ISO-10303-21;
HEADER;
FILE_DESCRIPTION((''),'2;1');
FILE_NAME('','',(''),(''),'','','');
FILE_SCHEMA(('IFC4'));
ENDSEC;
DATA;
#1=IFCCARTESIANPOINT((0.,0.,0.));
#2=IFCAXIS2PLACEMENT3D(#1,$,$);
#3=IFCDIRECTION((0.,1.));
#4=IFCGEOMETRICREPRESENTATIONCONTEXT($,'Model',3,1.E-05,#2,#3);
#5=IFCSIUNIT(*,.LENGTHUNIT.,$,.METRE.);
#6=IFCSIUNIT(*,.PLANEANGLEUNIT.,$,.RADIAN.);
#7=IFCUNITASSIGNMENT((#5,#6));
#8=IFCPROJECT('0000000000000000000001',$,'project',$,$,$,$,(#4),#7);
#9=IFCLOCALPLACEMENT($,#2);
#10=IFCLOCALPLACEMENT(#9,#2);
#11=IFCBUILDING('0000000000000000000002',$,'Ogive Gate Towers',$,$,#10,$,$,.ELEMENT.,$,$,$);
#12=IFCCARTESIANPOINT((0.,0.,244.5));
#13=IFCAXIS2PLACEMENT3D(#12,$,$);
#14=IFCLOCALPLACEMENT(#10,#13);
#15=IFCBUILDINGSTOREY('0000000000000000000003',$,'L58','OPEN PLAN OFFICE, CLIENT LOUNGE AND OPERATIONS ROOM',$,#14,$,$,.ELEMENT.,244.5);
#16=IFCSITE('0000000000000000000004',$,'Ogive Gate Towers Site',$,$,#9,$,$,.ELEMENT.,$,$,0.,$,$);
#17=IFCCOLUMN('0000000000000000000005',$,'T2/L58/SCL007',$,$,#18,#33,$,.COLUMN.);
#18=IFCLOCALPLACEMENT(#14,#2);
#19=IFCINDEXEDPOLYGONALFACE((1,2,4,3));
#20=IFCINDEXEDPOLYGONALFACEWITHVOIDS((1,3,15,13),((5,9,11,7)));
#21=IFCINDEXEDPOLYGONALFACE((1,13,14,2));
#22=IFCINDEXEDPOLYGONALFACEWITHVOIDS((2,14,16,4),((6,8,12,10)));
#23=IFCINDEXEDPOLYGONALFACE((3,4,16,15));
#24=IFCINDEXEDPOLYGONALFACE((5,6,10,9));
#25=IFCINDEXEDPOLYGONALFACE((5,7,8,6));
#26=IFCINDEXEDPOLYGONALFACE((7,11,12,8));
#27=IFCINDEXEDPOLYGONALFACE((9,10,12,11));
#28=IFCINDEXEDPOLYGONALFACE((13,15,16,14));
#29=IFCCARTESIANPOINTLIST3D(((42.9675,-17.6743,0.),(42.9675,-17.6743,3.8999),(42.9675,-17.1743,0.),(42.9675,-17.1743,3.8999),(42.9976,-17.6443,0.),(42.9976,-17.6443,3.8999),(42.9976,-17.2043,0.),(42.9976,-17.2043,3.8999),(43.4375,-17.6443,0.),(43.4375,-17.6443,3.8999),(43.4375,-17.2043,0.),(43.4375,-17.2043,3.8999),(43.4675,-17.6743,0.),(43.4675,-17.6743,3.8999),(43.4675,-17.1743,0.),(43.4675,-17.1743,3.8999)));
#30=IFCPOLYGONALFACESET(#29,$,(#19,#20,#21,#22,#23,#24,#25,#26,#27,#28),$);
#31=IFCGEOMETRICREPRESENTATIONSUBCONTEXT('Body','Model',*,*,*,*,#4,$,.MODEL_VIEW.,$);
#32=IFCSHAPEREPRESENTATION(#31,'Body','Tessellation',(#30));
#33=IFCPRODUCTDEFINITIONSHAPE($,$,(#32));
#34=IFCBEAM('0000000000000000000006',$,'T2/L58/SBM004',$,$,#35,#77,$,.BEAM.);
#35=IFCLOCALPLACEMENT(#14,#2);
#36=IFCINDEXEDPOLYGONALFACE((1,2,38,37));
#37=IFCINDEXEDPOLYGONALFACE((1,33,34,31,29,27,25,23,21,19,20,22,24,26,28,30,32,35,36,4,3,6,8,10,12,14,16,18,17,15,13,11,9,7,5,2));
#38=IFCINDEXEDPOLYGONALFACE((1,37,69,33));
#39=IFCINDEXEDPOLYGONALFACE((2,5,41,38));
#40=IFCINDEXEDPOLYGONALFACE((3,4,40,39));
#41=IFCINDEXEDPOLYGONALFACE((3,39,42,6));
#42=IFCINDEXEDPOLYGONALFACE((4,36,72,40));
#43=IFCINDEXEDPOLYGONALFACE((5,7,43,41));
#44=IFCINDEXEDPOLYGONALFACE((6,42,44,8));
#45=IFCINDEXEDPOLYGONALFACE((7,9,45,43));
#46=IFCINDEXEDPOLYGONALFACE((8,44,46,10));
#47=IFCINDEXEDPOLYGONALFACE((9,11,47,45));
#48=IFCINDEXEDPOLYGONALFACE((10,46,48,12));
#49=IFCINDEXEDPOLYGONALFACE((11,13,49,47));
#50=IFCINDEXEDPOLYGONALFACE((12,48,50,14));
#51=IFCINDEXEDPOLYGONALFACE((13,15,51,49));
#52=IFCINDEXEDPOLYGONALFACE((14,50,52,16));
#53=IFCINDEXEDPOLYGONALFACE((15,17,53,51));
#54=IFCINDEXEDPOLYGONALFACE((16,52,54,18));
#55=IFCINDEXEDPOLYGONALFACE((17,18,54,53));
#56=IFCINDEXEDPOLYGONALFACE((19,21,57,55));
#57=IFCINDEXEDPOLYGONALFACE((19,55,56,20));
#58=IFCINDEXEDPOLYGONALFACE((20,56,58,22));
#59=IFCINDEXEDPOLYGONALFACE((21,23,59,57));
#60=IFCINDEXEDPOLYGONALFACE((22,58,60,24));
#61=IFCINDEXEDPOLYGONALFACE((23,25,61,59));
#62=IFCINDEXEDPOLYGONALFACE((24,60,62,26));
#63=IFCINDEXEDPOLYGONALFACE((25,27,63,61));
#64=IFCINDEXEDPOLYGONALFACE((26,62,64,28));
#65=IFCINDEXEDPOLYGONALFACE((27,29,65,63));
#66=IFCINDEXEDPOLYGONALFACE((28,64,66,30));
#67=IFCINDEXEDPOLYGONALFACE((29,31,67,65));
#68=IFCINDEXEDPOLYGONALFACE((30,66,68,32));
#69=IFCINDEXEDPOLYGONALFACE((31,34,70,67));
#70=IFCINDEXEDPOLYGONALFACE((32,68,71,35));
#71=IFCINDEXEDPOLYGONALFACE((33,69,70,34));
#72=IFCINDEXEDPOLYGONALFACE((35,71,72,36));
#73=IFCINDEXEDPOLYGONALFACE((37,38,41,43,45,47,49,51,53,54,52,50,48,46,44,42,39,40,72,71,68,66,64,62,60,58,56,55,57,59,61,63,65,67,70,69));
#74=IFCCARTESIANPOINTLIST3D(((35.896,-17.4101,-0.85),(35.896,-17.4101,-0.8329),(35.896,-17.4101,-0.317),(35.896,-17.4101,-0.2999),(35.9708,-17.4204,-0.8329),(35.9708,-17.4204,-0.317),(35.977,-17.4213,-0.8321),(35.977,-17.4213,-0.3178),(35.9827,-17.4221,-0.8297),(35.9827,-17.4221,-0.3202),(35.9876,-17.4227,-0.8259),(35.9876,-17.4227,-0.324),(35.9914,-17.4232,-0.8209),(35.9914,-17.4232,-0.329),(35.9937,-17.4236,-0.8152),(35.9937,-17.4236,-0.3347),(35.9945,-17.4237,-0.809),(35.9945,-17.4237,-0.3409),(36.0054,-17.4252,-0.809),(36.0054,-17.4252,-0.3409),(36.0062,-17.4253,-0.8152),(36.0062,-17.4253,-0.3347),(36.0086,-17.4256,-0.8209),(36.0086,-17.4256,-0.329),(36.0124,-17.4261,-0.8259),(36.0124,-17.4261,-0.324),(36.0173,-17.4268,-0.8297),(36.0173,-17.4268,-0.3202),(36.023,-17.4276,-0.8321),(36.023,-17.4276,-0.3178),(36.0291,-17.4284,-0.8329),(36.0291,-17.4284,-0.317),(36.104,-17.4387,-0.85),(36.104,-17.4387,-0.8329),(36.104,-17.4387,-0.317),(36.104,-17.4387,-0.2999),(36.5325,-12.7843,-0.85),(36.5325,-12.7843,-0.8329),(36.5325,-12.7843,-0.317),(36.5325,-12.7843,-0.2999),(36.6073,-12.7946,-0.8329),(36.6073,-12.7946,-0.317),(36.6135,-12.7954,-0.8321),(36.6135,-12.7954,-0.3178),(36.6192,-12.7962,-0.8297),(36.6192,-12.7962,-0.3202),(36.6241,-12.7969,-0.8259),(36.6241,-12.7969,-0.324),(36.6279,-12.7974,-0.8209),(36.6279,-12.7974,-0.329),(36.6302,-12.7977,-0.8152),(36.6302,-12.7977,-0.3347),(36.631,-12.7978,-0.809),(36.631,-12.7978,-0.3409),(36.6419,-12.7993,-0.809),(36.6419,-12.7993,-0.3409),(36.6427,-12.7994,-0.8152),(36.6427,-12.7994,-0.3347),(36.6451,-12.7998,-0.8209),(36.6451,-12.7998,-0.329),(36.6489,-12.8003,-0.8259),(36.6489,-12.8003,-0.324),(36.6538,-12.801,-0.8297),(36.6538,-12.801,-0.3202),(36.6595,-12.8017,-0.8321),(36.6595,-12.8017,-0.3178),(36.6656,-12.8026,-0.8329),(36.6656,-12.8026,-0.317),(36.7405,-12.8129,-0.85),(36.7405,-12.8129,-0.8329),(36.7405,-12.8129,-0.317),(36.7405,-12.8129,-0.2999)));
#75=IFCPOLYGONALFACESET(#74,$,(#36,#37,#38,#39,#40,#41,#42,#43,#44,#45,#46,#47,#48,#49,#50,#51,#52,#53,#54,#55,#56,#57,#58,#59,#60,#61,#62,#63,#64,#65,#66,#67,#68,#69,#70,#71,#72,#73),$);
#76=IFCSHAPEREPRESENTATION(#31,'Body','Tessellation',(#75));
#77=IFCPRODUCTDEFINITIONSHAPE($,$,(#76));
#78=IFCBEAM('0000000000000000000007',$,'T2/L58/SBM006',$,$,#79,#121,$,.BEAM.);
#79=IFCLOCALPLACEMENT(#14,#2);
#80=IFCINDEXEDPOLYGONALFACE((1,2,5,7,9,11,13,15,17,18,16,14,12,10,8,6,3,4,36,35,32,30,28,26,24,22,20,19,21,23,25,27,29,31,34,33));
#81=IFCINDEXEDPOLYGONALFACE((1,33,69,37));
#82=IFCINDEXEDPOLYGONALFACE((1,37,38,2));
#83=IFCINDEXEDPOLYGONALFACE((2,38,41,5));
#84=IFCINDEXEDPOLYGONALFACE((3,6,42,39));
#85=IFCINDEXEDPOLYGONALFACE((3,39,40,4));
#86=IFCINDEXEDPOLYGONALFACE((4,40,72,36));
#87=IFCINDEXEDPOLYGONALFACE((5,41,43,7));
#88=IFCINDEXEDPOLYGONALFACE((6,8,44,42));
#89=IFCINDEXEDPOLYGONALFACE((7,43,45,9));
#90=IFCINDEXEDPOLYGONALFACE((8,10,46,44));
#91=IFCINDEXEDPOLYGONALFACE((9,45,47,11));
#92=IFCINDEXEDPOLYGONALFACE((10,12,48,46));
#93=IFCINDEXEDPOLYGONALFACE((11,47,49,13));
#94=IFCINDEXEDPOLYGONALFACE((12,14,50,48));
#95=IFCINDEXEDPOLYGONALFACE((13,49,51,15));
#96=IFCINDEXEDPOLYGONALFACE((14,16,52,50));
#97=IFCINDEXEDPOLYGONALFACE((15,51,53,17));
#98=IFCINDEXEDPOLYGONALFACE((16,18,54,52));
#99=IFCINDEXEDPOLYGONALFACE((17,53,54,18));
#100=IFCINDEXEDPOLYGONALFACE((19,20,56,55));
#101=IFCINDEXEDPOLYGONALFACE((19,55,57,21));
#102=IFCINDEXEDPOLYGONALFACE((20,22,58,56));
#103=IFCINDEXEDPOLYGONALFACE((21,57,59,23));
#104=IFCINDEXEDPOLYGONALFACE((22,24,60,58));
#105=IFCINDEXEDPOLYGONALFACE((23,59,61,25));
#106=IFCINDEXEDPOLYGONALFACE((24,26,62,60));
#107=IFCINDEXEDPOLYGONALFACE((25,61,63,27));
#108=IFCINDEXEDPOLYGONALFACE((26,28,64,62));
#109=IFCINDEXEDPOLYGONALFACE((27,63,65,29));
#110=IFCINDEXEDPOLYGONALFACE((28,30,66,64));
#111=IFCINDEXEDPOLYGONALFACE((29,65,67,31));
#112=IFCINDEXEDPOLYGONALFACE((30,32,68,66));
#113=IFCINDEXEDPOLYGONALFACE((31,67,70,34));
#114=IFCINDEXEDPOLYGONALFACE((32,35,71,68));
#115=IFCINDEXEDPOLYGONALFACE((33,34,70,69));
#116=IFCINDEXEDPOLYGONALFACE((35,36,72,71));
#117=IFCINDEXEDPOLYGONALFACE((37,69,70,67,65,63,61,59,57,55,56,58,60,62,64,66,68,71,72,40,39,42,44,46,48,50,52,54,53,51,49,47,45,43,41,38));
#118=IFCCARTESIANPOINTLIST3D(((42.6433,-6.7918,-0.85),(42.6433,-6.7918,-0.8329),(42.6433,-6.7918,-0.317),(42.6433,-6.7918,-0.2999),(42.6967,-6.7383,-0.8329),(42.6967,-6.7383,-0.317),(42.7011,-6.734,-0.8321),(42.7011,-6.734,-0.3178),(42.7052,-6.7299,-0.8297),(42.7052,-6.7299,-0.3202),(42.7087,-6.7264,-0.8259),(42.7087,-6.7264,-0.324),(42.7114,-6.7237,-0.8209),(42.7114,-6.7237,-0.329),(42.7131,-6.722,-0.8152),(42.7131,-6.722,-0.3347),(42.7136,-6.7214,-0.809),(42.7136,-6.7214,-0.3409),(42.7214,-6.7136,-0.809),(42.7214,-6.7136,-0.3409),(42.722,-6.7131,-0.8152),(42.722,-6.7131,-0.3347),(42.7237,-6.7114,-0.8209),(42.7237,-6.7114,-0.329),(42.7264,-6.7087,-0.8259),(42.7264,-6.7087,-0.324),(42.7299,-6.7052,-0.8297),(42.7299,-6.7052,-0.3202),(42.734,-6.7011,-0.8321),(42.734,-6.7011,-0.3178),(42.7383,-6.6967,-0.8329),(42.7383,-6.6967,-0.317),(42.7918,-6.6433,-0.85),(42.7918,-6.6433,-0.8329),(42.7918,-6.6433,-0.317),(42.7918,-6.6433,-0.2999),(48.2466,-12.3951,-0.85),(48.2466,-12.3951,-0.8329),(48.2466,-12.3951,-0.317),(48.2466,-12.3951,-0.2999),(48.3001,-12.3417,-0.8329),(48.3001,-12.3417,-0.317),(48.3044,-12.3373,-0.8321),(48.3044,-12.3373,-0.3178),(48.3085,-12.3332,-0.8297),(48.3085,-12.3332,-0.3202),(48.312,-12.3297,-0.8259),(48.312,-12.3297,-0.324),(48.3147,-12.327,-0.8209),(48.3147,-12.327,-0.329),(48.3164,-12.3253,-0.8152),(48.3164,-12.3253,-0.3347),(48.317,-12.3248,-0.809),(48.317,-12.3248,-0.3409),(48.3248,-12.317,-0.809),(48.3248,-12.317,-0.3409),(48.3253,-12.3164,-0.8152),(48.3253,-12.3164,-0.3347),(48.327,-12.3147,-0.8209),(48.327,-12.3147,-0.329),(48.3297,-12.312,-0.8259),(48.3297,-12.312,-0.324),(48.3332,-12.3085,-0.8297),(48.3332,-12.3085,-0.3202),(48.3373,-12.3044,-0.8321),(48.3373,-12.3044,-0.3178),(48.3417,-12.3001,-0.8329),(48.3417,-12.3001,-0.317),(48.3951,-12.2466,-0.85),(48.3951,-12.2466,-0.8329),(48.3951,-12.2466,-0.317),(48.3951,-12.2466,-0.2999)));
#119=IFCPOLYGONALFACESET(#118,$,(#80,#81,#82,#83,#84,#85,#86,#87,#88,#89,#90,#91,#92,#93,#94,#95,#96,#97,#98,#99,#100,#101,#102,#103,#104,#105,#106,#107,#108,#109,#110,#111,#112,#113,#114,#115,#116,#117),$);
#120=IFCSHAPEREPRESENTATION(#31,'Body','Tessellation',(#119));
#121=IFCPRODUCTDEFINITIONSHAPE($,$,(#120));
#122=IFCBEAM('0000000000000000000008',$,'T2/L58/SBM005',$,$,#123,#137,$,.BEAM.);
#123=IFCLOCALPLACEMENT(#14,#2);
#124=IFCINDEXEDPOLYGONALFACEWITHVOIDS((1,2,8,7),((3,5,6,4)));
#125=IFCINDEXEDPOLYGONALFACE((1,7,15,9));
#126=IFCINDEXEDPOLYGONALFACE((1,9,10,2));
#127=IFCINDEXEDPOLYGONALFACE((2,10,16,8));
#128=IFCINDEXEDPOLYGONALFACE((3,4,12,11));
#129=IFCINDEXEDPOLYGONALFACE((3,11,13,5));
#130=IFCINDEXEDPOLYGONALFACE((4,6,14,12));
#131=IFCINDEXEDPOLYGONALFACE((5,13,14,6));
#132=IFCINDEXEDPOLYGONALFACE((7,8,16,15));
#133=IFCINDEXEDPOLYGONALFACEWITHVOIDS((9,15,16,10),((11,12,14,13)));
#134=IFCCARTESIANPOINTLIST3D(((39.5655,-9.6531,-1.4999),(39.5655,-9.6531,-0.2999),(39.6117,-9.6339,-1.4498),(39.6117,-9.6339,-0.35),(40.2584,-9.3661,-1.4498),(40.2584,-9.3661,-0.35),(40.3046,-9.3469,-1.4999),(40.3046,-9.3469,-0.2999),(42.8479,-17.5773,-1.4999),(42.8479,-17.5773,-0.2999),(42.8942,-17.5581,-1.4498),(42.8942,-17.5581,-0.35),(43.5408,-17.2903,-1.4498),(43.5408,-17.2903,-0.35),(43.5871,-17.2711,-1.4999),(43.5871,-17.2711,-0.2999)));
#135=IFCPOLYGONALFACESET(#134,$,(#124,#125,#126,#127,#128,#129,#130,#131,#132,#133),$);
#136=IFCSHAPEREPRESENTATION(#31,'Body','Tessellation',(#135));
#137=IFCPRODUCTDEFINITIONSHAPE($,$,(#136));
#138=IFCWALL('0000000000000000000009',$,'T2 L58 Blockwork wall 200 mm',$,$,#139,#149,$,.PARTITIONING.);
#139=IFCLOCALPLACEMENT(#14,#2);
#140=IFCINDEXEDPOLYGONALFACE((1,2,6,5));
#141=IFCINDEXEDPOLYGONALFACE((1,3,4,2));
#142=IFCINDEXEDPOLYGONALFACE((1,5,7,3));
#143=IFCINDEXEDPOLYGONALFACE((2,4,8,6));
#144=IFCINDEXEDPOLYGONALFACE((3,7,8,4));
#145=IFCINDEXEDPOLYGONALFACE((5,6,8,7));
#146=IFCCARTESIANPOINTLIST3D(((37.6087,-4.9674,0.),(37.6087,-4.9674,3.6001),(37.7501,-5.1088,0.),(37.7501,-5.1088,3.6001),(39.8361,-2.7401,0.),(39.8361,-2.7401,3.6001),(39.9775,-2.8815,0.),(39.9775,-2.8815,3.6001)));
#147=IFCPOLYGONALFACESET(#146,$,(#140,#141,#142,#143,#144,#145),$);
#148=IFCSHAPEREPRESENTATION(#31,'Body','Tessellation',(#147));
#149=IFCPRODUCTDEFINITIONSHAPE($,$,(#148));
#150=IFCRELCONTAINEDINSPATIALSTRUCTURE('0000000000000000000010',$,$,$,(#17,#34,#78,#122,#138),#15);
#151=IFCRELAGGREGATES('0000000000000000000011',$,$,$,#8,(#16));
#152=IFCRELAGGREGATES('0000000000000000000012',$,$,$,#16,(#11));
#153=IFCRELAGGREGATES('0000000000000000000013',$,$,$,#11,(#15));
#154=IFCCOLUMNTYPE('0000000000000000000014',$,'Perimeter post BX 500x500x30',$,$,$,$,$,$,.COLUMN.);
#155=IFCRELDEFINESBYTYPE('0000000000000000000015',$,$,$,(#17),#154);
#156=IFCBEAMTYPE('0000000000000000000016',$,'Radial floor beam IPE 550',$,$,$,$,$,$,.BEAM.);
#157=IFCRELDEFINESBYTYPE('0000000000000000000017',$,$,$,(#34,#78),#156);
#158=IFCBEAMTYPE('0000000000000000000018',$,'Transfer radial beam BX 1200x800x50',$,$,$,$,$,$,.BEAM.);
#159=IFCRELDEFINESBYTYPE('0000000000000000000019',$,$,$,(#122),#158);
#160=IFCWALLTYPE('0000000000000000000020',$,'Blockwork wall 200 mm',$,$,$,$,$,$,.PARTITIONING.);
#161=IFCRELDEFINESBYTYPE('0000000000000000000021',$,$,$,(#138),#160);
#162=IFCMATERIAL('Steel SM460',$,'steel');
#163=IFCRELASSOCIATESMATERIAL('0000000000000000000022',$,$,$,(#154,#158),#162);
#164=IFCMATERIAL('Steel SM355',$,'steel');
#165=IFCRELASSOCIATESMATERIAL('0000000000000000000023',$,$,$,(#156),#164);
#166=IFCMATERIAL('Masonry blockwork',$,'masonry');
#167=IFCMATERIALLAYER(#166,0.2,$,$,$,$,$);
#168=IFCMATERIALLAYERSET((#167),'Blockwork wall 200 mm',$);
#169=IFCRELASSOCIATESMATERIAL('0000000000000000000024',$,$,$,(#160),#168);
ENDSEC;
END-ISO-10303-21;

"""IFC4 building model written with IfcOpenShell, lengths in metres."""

from ifc_helpers import new_model, si_unit, direction, frame, frame_2d, origin, origin_2d, place, context, subcontext, project, spatial, rectangle, hollow_rectangle, i_section, extrude, material, layer, layer_set, material_profile, profile_set, type_object, element, save


model = new_model("IFC4")

# Units and contexts
model_context = context("Model", 3, precision=1e-05, world=origin(), true_north=direction((0.0, 1.0)))
body_context = subcontext(model_context, "Body", "Model", "MODEL_VIEW")
ifc_project = project(units=[si_unit("LENGTHUNIT", "METRE"), si_unit("PLANEANGLEUNIT", "RADIAN")], contexts=[model_context])

# Site, building, storey
site_placement = place(None, origin())
site = spatial("IfcSite", under=ifc_project, at=site_placement, Name="Ogive Gate Towers Site", CompositionType="ELEMENT", RefElevation=0.0)
building_placement = place(site_placement, origin())
building = spatial("IfcBuilding", under=site, at=building_placement, Name="Ogive Gate Towers", CompositionType="ELEMENT")
storey_placement = place(building_placement, frame((0.0, 0.0, 244.5)))
storey = spatial("IfcBuildingStorey", under=building, at=storey_placement, Name="L58", Description="OPEN PLAN OFFICE, CLIENT LOUNGE AND OPERATIONS ROOM", CompositionType="ELEMENT", Elevation=244.5)

# Column
ifc_material_1 = material(Name="Steel SM460", Category="steel")
ifc_material_profile_1 = material_profile(ifc_material_1, hollow_rectangle(XDim=0.5, YDim=0.5, WallThickness=0.03, at=origin_2d()), Name="BX 500x500x30")
ifc_profile_set_1 = profile_set([ifc_material_profile_1], Name="Steel SM460")
column_type = type_object("IfcColumnType", Name="Perimeter post BX 500x500x30", PredefinedType="COLUMN", material=ifc_profile_set_1)
column_placement = place(storey_placement, frame((43.2175, -17.4243, 0.0), z_axis=(0.0, 0.0, 1.0), x_axis=(1.0, 0.0, 0.0)))
element("IfcColumn", 1, at=column_placement, inside=storey, type_object=column_type, Name="T2/L58/SCL007", PredefinedType="COLUMN", context=body_context, shape_type="SweptSolid", body=[
    extrude(hollow_rectangle(XDim=0.5, YDim=0.5, WallThickness=0.03, at=origin_2d()), origin(), (0.0, 0.0, 1.0), 3.8999),
])

# Beams
ifc_material_2 = material(Name="Steel SM355", Category="steel")
ifc_material_profile_2 = material_profile(ifc_material_2, i_section(OverallWidth=0.21, OverallDepth=0.55, WebThickness=0.011, FlangeThickness=0.0171, FilletRadius=0.0239, at=origin_2d()), Name="IPE 550")
ifc_profile_set_2 = profile_set([ifc_material_profile_2], Name="Steel SM355")
beam_type_1 = type_object("IfcBeamType", Name="Radial floor beam IPE 550", PredefinedType="BEAM", material=ifc_profile_set_2)
beam_1_placement = place(storey_placement, frame((36.6365, -12.7986, -0.575), z_axis=(-0.13631, -0.990666, 0.0), x_axis=(0.990666, -0.13631, 0.0)))
element("IfcBeam", 2, at=beam_1_placement, inside=storey, type_object=beam_type_1, Name="T2/L58/SBM004", PredefinedType="BEAM", context=body_context, shape_type="SweptSolid", body=[
    extrude(i_section(OverallWidth=0.21, OverallDepth=0.55, WebThickness=0.011, FlangeThickness=0.0171, FilletRadius=0.0239, at=origin_2d()), origin(), (0.0, 0.0, 1.0), 4.6694),
])
beam_2_placement = place(storey_placement, frame((42.7175, -6.7175, -0.575), z_axis=(0.707107, -0.707107, 0.0), x_axis=(0.707107, 0.707107, 0.0)))
element("IfcBeam", 3, at=beam_2_placement, inside=storey, type_object=beam_type_1, Name="T2/L58/SBM006", PredefinedType="BEAM", context=body_context, shape_type="SweptSolid", body=[
    extrude(i_section(OverallWidth=0.21, OverallDepth=0.55, WebThickness=0.011, FlangeThickness=0.0171, FilletRadius=0.0239, at=origin_2d()), origin(), (0.0, 0.0, 1.0), 7.9243),
])
ifc_material_profile_3 = material_profile(ifc_material_1, hollow_rectangle(XDim=0.8, YDim=1.2, WallThickness=0.05, at=origin_2d()), Name="BX 1200x800x50")
ifc_profile_set_3 = profile_set([ifc_material_profile_3], Name="Steel SM460")
beam_type_2 = type_object("IfcBeamType", Name="Transfer radial beam BX 1200x800x50", PredefinedType="BEAM", material=ifc_profile_set_3)
beam_3_placement = place(storey_placement, frame((39.9351, -9.5, -0.8999), z_axis=(0.382695, -0.923875, 0.0), x_axis=(0.923875, 0.382695, 0.0)))
element("IfcBeam", 4, at=beam_3_placement, inside=storey, type_object=beam_type_2, Name="T2/L58/SBM005", PredefinedType="BEAM", context=body_context, shape_type="SweptSolid", body=[
    extrude(hollow_rectangle(XDim=0.8, YDim=1.2, WallThickness=0.05, at=origin_2d()), origin(), (0.0, 0.0, 1.0), 8.5771),
])

# Wall
ifc_material_3 = material(Name="Masonry blockwork", Category="masonry")
ifc_layer_1 = layer(ifc_material_3, 0.2)
ifc_layer_set_1 = layer_set([ifc_layer_1], Name="Blockwork wall 200 mm")
wall_type_1 = type_object("IfcWallType", Name="Blockwork wall 200 mm", PredefinedType="PARTITIONING", material=ifc_layer_set_1)
wall_1_placement = place(storey_placement, frame((37.6794, -5.0381, 0.0), z_axis=(0.0, 0.0, 1.0), x_axis=(0.707107, 0.707107, 0.0)))
element("IfcWall", 5, at=wall_1_placement, inside=storey, type_object=wall_type_1, Name="T2 L58 Blockwork wall 200 mm", PredefinedType="PARTITIONING", context=body_context, shape_type="SweptSolid", body=[
    extrude(rectangle(XDim=3.1499, YDim=0.2, at=frame_2d((1.575, 0.0))), origin(), (0.0, 0.0, 1.0), 3.6001),
])

save(model, "model.ifc")
